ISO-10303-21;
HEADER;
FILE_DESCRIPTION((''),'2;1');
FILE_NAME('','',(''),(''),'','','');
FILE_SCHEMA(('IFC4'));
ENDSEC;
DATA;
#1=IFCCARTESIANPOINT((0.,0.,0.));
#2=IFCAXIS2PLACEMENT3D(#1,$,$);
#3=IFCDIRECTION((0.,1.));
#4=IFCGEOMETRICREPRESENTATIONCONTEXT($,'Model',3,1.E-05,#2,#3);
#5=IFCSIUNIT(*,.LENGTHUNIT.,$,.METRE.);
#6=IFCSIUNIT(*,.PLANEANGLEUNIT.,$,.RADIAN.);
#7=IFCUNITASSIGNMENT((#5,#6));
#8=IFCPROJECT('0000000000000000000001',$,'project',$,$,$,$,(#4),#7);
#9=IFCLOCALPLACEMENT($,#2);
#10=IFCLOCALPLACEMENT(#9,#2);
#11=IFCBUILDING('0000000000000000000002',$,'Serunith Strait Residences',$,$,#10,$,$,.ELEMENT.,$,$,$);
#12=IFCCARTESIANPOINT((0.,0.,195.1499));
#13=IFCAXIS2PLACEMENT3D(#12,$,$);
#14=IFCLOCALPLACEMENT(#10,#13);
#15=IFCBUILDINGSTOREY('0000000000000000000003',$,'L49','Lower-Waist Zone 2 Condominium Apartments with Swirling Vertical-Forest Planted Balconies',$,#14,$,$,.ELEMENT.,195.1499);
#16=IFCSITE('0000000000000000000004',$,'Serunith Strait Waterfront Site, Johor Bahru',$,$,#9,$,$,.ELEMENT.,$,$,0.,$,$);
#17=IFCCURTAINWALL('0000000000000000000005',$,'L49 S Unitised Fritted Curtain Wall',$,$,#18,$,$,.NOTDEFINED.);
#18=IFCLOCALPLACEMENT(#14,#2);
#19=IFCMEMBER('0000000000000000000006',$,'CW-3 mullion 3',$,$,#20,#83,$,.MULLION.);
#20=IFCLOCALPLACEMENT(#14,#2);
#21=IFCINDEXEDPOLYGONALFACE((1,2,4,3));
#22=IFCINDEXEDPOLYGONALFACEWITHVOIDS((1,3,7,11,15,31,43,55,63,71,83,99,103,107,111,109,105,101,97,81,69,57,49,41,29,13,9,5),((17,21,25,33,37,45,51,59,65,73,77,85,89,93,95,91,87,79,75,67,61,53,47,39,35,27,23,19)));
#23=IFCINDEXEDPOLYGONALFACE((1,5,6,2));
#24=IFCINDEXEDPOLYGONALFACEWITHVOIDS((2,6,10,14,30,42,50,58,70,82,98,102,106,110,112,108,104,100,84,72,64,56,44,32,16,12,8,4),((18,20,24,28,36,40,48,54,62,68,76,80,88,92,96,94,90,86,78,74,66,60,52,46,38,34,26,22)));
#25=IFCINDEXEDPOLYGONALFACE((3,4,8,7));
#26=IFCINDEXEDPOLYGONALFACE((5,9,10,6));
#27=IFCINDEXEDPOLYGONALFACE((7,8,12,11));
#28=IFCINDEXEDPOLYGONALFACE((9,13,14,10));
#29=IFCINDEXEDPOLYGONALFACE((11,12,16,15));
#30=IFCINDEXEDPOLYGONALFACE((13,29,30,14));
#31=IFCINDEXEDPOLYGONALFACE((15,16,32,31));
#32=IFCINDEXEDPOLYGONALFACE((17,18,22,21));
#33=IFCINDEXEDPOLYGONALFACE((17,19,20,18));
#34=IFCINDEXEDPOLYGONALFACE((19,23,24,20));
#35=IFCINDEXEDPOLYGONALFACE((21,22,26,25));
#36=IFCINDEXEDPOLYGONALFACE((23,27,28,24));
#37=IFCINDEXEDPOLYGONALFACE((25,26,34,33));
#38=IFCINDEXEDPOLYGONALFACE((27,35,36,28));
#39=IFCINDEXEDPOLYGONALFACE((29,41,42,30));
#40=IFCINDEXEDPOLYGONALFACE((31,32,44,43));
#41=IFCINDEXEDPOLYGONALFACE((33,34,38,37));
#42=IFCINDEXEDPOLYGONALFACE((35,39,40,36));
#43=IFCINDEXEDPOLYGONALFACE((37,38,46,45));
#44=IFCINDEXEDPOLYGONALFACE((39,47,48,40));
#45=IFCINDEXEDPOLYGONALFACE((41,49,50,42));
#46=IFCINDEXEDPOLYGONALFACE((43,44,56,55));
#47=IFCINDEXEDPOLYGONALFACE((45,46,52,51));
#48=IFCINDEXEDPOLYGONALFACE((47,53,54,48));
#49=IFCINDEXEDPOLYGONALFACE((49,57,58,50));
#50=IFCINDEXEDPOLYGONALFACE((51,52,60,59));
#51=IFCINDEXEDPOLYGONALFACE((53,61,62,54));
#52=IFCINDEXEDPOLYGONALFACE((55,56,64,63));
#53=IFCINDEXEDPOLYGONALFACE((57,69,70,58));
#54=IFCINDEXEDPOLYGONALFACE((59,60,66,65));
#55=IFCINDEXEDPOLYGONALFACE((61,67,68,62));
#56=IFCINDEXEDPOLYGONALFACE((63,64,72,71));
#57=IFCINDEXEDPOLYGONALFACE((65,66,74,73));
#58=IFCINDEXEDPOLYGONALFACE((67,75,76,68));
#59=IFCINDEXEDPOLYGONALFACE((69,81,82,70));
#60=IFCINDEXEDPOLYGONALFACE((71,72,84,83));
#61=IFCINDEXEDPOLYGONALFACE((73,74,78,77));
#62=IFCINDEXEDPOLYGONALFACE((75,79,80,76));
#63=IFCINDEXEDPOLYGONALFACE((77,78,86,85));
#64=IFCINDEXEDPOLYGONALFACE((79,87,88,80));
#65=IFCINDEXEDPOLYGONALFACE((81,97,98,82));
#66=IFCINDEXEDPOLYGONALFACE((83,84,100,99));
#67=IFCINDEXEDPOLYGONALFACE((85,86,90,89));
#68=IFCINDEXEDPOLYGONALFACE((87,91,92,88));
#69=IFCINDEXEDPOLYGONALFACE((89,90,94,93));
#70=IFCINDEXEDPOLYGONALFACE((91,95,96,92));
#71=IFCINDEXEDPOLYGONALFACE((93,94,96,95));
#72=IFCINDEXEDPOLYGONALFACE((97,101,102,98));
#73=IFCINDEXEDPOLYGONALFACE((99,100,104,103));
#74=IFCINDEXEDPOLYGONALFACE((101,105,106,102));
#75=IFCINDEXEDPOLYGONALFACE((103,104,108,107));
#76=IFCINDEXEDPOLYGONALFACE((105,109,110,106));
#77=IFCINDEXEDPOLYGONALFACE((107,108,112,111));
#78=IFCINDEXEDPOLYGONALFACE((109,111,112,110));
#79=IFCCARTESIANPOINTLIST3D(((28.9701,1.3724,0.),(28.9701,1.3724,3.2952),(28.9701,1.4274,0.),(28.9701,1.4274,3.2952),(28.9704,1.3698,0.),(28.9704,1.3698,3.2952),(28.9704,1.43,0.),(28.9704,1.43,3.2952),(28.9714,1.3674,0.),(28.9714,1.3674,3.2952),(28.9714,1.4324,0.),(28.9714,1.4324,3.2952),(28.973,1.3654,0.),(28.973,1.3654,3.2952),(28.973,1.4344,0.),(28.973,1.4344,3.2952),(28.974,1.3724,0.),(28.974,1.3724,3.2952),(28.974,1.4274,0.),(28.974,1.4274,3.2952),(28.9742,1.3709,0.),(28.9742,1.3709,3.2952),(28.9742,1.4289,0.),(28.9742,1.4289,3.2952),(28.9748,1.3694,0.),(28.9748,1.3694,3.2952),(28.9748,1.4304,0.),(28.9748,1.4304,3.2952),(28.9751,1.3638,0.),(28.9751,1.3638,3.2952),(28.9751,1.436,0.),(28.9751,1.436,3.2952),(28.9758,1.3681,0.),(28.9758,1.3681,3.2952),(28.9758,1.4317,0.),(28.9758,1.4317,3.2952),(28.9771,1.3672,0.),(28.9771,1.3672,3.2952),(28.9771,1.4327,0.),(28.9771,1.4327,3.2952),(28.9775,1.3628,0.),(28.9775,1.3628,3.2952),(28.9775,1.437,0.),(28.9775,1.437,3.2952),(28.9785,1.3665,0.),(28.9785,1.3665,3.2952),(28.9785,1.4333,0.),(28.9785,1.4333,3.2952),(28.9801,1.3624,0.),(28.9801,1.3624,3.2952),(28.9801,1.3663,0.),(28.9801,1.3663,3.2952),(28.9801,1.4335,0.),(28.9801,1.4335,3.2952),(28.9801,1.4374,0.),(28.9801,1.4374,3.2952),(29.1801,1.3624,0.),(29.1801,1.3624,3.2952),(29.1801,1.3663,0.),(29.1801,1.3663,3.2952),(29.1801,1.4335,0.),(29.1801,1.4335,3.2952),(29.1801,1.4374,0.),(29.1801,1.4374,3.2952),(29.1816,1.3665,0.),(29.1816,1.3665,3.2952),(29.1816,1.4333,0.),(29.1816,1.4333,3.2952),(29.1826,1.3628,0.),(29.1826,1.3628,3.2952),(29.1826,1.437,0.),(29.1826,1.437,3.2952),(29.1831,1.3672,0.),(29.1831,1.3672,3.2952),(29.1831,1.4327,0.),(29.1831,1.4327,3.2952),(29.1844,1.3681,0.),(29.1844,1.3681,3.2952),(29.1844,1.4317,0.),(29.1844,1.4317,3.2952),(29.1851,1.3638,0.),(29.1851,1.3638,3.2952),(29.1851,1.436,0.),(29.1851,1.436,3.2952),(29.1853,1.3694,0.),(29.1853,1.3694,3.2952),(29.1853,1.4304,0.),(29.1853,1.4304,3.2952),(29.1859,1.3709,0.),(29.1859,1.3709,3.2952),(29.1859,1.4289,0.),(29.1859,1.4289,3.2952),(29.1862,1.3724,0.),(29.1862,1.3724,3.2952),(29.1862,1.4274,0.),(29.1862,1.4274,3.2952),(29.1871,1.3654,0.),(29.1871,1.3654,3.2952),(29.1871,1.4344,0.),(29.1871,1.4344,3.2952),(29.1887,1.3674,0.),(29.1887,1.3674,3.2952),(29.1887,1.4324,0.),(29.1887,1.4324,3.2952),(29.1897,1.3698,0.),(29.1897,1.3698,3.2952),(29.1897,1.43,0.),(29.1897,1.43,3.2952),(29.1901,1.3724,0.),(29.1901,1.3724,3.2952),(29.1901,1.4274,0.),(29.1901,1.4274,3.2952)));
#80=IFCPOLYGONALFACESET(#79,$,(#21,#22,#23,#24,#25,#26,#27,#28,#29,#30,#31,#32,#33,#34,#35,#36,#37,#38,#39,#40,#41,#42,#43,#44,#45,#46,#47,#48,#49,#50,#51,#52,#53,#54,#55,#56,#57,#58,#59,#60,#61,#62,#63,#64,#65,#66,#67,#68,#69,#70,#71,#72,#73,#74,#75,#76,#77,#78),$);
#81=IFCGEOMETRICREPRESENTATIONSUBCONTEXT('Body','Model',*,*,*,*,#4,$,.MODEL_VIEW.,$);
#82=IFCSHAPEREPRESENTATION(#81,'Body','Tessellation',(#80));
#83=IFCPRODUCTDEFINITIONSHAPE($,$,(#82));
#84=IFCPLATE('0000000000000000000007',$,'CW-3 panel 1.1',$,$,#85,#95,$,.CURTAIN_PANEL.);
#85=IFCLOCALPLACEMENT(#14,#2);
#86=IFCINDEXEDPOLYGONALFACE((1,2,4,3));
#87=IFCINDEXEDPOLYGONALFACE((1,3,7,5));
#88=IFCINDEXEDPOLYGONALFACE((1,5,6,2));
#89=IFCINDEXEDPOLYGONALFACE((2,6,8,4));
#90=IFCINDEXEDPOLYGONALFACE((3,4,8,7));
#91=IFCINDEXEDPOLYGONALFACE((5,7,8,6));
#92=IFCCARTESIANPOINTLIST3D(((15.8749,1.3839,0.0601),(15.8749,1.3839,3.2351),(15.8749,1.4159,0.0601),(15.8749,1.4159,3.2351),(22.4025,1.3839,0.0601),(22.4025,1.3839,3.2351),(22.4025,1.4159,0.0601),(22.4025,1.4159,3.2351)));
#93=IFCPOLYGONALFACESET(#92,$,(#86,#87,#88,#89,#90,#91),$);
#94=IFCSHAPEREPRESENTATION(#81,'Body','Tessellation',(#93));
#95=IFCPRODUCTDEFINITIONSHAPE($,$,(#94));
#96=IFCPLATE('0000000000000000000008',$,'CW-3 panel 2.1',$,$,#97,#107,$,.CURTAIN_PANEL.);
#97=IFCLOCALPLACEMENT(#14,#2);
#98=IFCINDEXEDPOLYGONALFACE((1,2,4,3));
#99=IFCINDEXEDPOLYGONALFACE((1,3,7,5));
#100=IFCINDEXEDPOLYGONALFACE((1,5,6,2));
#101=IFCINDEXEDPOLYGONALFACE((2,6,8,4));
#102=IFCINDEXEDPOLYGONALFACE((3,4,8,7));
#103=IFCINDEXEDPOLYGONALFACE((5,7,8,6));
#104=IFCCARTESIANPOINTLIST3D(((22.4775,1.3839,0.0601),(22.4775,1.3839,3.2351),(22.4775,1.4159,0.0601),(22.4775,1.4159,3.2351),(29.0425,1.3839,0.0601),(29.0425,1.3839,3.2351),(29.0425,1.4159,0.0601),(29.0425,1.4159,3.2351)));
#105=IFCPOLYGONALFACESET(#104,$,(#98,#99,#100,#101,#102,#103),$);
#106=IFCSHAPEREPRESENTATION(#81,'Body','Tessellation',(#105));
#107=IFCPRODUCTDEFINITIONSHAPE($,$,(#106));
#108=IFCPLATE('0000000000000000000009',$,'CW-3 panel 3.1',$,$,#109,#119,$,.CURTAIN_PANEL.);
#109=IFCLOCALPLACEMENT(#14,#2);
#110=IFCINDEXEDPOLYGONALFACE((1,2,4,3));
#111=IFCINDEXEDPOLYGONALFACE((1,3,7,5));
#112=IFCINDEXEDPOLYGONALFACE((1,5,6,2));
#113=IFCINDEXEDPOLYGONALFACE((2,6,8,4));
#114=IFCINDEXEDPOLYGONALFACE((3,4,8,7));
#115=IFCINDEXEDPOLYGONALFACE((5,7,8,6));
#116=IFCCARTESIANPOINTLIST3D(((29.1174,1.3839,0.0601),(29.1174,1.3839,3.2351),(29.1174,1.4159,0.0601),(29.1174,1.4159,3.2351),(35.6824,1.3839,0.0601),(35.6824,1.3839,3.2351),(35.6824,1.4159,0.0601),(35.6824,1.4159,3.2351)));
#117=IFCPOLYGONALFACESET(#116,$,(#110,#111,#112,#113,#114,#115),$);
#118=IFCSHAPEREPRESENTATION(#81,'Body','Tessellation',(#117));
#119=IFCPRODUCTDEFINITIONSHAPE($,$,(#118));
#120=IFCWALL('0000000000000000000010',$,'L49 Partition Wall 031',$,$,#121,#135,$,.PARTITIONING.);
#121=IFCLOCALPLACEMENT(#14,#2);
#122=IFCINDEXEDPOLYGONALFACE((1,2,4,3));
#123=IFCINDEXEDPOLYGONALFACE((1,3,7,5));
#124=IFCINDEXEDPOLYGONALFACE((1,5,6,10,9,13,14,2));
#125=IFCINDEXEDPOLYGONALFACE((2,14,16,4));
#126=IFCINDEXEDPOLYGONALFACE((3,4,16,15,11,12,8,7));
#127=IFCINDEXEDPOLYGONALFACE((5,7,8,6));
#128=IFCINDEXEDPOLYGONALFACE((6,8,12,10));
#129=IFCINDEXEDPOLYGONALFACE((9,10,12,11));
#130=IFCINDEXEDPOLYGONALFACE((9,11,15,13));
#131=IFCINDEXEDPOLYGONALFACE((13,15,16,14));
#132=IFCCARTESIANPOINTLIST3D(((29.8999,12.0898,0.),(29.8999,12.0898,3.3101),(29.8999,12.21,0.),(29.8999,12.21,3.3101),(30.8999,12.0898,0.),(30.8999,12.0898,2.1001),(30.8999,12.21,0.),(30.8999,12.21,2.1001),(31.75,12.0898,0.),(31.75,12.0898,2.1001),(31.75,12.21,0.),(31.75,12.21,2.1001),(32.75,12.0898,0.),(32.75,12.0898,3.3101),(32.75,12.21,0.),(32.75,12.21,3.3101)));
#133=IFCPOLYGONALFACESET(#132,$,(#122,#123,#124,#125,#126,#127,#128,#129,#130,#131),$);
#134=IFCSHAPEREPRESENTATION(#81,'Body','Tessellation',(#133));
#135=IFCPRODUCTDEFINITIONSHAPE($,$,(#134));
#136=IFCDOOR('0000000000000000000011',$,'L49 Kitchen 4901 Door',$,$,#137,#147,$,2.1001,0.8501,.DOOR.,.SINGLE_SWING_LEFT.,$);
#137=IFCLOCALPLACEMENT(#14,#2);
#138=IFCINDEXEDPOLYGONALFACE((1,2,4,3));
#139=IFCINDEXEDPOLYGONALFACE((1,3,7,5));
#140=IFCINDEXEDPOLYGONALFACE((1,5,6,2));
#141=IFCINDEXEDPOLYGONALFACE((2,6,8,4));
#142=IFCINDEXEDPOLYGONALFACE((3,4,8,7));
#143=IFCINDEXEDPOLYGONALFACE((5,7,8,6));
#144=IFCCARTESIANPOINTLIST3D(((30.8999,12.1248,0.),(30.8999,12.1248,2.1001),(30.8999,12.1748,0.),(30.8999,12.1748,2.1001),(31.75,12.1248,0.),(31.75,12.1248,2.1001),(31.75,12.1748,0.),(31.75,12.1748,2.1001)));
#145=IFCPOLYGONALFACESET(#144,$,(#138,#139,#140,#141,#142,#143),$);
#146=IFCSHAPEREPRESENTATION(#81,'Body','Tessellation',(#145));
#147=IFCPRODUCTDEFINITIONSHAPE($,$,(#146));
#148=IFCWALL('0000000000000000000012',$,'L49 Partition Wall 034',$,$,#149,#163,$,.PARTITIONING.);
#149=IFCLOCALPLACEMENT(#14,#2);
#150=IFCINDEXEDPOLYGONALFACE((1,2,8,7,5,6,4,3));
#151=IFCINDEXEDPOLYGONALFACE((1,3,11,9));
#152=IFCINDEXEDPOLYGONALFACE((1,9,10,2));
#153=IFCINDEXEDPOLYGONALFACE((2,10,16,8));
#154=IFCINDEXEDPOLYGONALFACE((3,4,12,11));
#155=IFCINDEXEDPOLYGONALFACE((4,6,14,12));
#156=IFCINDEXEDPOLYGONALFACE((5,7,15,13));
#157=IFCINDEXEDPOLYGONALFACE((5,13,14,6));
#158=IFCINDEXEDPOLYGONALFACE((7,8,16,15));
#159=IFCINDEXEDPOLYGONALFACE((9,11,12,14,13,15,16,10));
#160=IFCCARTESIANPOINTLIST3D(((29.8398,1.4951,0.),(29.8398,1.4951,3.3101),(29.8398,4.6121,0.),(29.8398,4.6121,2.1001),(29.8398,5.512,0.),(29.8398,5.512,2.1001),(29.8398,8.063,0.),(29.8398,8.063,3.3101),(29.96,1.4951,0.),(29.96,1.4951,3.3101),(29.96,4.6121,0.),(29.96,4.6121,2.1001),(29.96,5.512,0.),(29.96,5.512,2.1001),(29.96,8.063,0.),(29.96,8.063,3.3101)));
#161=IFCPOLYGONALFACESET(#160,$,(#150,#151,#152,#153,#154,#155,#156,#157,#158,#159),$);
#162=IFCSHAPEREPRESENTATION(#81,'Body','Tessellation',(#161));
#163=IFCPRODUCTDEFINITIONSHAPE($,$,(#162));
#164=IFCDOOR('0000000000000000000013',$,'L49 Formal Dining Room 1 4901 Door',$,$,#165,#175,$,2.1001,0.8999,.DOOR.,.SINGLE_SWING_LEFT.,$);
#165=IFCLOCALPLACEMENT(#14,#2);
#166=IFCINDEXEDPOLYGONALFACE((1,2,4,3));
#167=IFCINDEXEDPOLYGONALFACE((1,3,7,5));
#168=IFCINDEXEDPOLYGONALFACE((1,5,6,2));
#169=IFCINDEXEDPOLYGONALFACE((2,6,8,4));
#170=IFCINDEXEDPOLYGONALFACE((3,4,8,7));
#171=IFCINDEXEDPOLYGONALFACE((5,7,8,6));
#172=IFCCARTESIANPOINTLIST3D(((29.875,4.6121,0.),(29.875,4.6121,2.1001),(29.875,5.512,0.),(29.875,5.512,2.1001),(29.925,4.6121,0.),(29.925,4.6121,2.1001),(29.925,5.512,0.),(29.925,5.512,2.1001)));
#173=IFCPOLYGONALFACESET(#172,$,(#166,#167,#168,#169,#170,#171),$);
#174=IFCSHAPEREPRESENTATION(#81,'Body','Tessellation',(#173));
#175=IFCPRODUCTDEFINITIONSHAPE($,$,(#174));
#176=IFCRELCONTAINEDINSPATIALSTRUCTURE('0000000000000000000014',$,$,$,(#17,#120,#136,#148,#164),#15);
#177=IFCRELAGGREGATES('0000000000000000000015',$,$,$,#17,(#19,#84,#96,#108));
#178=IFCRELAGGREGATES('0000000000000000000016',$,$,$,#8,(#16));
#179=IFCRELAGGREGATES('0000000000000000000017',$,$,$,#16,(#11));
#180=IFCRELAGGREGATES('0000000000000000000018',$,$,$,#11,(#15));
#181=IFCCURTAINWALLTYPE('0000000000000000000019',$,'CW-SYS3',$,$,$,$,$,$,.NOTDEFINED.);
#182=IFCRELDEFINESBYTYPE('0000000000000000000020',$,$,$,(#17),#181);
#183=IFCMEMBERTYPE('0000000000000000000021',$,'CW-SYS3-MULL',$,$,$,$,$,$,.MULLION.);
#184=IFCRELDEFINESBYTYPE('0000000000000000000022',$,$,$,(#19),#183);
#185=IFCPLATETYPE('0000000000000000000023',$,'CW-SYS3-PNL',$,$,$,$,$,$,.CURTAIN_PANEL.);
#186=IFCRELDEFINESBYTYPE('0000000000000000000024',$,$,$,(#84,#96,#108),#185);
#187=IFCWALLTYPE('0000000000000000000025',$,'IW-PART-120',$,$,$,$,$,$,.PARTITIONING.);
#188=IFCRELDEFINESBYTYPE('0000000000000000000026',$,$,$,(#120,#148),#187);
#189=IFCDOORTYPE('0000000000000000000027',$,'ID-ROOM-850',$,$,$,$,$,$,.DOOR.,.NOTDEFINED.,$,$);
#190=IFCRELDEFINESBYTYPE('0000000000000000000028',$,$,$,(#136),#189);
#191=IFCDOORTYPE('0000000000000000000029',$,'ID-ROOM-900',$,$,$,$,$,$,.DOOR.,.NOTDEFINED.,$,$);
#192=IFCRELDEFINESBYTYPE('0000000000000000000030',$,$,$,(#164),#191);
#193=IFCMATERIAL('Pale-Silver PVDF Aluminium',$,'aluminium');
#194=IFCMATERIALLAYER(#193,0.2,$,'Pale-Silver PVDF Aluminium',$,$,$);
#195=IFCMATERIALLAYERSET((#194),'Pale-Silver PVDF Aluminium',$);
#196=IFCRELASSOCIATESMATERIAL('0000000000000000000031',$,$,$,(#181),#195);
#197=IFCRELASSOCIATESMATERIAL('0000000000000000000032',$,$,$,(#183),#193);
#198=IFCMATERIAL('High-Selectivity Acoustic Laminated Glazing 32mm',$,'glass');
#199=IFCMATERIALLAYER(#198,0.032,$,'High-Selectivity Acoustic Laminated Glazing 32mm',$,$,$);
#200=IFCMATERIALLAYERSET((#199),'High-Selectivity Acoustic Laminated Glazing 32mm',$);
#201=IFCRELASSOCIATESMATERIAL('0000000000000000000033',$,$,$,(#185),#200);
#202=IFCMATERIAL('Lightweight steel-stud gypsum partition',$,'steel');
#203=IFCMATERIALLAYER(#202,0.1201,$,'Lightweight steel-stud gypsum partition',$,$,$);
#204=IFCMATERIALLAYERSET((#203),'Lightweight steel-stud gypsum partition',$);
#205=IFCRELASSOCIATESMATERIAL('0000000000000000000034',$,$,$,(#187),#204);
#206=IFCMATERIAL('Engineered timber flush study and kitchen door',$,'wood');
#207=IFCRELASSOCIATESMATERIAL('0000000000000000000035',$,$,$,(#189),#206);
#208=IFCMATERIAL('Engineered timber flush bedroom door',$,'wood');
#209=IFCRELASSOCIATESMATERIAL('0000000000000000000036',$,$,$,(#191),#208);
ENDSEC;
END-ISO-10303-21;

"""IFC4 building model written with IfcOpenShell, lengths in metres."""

from ifc_helpers import new_model, si_unit, direction, frame, frame_2d, origin, origin_2d, place, context, subcontext, project, spatial, rectangle, hollow_rectangle, extrude, source, transform, mapped, material, layer, layer_set, material_profile, profile_set, type_object, element, fill, aggregate, save


model = new_model("IFC4")

# Units and contexts
model_context = context("Model", 3, precision=1e-05, world=origin(), true_north=direction((0.0, 1.0)))
body_context = subcontext(model_context, "Body", "Model", "MODEL_VIEW")
ifc_project = project(units=[si_unit("LENGTHUNIT", "METRE"), si_unit("PLANEANGLEUNIT", "RADIAN")], contexts=[model_context])

# Site, building, storey
site_placement = place(None, origin())
site = spatial("IfcSite", under=ifc_project, at=site_placement, Name="Serunith Strait Waterfront Site, Johor Bahru", CompositionType="ELEMENT", RefElevation=0.0)
building_placement = place(site_placement, origin())
building = spatial("IfcBuilding", under=site, at=building_placement, Name="Serunith Strait Residences", CompositionType="ELEMENT")
storey_placement = place(building_placement, frame((0.0, 0.0, 195.1499)))
storey = spatial("IfcBuildingStorey", under=building, at=storey_placement, Name="L49", Description="Lower-Waist Zone 2 Condominium Apartments with Swirling Vertical-Forest Planted Balconies", CompositionType="ELEMENT", Elevation=195.1499)

# Curtain wall, member, plates
ifc_material_1 = material(Name="Pale-Silver PVDF Aluminium", Category="aluminium")
ifc_layer_1 = layer(ifc_material_1, 0.2, Name="Pale-Silver PVDF Aluminium")
ifc_layer_set_1 = layer_set([ifc_layer_1], Name="Pale-Silver PVDF Aluminium")
curtain_wall_type = type_object("IfcCurtainWallType", Name="CW-SYS3", PredefinedType="NOTDEFINED", material=ifc_layer_set_1)
curtain_wall_placement = place(storey_placement, origin())
curtain_wall = element("IfcCurtainWall", 1, at=curtain_wall_placement, inside=storey, type_object=curtain_wall_type, Name="L49 S Unitised Fritted Curtain Wall", PredefinedType="NOTDEFINED")
ifc_material_profile_1 = material_profile(ifc_material_1, hollow_rectangle(XDim=0.075, YDim=0.22, WallThickness=0.0039, InnerFilletRadius=0.0061, OuterFilletRadius=0.01, at=origin_2d()), Name="ALU 220x75x4")
ifc_profile_set_1 = profile_set([ifc_material_profile_1], Name="Pale-Silver PVDF Aluminium")
member_type_1 = type_object("IfcMemberType", Name="CW-SYS3-MULL", PredefinedType="MULLION", material=ifc_profile_set_1)
shared_shape_1 = source(origin(), body_context, "Body", "SweptSolid", [
    extrude(hollow_rectangle(XDim=0.075, YDim=0.22, WallThickness=0.0039, InnerFilletRadius=0.0061, OuterFilletRadius=0.01, at=origin_2d()), origin(), (0.0, 0.0, 1.0), 3.2952),
])
member_1_placement = place(storey_placement, frame((29.0801, 1.3999, 0.0), z_axis=(0.0, 0.0, 1.0), x_axis=(0.0, 1.0, 0.0)))
member_1 = element("IfcMember", 2, at=member_1_placement, type_object=member_type_1, Name="CW-3 mullion 3", PredefinedType="MULLION", context=body_context, shape_type="MappedRepresentation", body=[
    mapped(shared_shape_1, transform((0.0, 0.0, 0.0), scale=1.0)),
])
ifc_material_2 = material(Name="High-Selectivity Acoustic Laminated Glazing 32mm", Category="glass")
ifc_layer_2 = layer(ifc_material_2, 0.032, Name="High-Selectivity Acoustic Laminated Glazing 32mm")
ifc_layer_set_2 = layer_set([ifc_layer_2], Name="High-Selectivity Acoustic Laminated Glazing 32mm")
plate_type = type_object("IfcPlateType", Name="CW-SYS3-PNL", PredefinedType="CURTAIN_PANEL", material=ifc_layer_set_2)
shared_shape_2 = source(origin(), body_context, "Body", "SweptSolid", [
    extrude(rectangle(XDim=6.5276, YDim=0.032, at=origin_2d()), origin(), (0.0, 0.0, 1.0), 3.175),
])
plate_1_placement = place(storey_placement, frame((19.1387, 1.3999, 0.0601), z_axis=(0.0, 0.0, 1.0), x_axis=(1.0, 0.0, 0.0)))
plate_1 = element("IfcPlate", 3, at=plate_1_placement, type_object=plate_type, Name="CW-3 panel 1.1", PredefinedType="CURTAIN_PANEL", context=body_context, shape_type="MappedRepresentation", body=[
    mapped(shared_shape_2, transform((0.0, 0.0, 0.0), scale=1.0)),
])
shared_shape_3 = source(origin(), body_context, "Body", "SweptSolid", [
    extrude(rectangle(XDim=6.5649, YDim=0.032, at=origin_2d()), origin(), (0.0, 0.0, 1.0), 3.175),
])
plate_2_placement = place(storey_placement, frame((25.76, 1.3999, 0.0601), z_axis=(0.0, 0.0, 1.0), x_axis=(1.0, 0.0, 0.0)))
plate_2 = element("IfcPlate", 4, at=plate_2_placement, type_object=plate_type, Name="CW-3 panel 2.1", PredefinedType="CURTAIN_PANEL", context=body_context, shape_type="MappedRepresentation", body=[
    mapped(shared_shape_3, transform((0.0, 0.0, 0.0), scale=1.0)),
])
plate_3_placement = place(storey_placement, frame((32.3999, 1.3999, 0.0601), z_axis=(0.0, 0.0, 1.0), x_axis=(1.0, 0.0, 0.0)))
plate_3 = element("IfcPlate", 5, at=plate_3_placement, type_object=plate_type, Name="CW-3 panel 3.1", PredefinedType="CURTAIN_PANEL", context=body_context, shape_type="MappedRepresentation", body=[
    mapped(shared_shape_3, transform((0.0, 0.0, 0.0), scale=1.0)),
])
aggregate(curtain_wall, [member_1, plate_1, plate_2, plate_3])

# Walls, openings, doors
ifc_material_3 = material(Name="Lightweight steel-stud gypsum partition", Category="steel")
ifc_layer_3 = layer(ifc_material_3, 0.1201, Name="Lightweight steel-stud gypsum partition")
ifc_layer_set_3 = layer_set([ifc_layer_3], Name="Lightweight steel-stud gypsum partition")
wall_type = type_object("IfcWallType", Name="IW-PART-120", PredefinedType="PARTITIONING", material=ifc_layer_set_3)
wall_1_placement = place(storey_placement, frame((29.8999, 12.1499, 0.0), z_axis=(0.0, 0.0, 1.0), x_axis=(1.0, 0.0, 0.0)))
wall_1 = element("IfcWall", 6, at=wall_1_placement, inside=storey, type_object=wall_type, Name="L49 Partition Wall 031", PredefinedType="PARTITIONING", context=body_context, shape_type="SweptSolid", body=[
    extrude(rectangle(XDim=2.8501, YDim=0.1201, at=frame_2d((1.425, 0.0))), origin(), (0.0, 0.0, 1.0), 3.3101),
])
opening_1_placement = place(wall_1_placement, frame((1.0, 0.0, 0.0)))
opening_1 = element("IfcOpeningElement", 7, at=opening_1_placement, cuts=wall_1, PredefinedType="OPENING", context=body_context, shape_type="SweptSolid", body=[
    extrude(rectangle(XDim=0.8501, YDim=2.1001, at=frame_2d((0.425, 1.05))), frame((0.0, 0.0701, 0.0), z_axis=(0.0, -1.0, 0.0), x_axis=(1.0, 0.0, 0.0)), (0.0, 0.0, 1.0), 0.1401),
])
ifc_material_4 = material(Name="Engineered timber flush study and kitchen door", Category="wood")
door_type_1 = type_object("IfcDoorType", Name="ID-ROOM-850", OperationType="NOTDEFINED", PredefinedType="DOOR", material=ifc_material_4)
shared_shape_4 = source(origin(), body_context, "Body", "SweptSolid", [
    extrude(rectangle(XDim=0.8501, YDim=2.1001, at=frame_2d((0.425, 1.05))), frame((0.0, 0.0249, 0.0), z_axis=(0.0, -1.0, 0.0), x_axis=(1.0, 0.0, 0.0)), (0.0, 0.0, 1.0), 0.05),
])
door_1_placement = place(opening_1_placement, origin())
door_1 = element("IfcDoor", 8, at=door_1_placement, inside=storey, type_object=door_type_1, Name="L49 Kitchen 4901 Door", OperationType="SINGLE_SWING_LEFT", OverallHeight=2.1001, OverallWidth=0.8501, PredefinedType="DOOR", context=body_context, shape_type="MappedRepresentation", body=[
    mapped(shared_shape_4, transform((0.0, 0.0, 0.0), scale=1.0)),
])
fill(opening_1, door_1)
wall_2_placement = place(storey_placement, frame((29.8999, 1.4951, 0.0), z_axis=(0.0, 0.0, 1.0), x_axis=(0.0, 1.0, 0.0)))
wall_2 = element("IfcWall", 9, at=wall_2_placement, inside=storey, type_object=wall_type, Name="L49 Partition Wall 034", PredefinedType="PARTITIONING", context=body_context, shape_type="SweptSolid", body=[
    extrude(rectangle(XDim=6.5679, YDim=0.1201, at=frame_2d((3.2839, 0.0))), origin(), (0.0, 0.0, 1.0), 3.3101),
])
opening_2_placement = place(wall_2_placement, frame((3.1169, 0.0, 0.0)))
opening_2 = element("IfcOpeningElement", 10, at=opening_2_placement, cuts=wall_2, PredefinedType="OPENING", context=body_context, shape_type="SweptSolid", body=[
    extrude(rectangle(XDim=0.8999, YDim=2.1001, at=frame_2d((0.45, 1.05))), frame((0.0, 0.0701, 0.0), z_axis=(0.0, -1.0, 0.0), x_axis=(1.0, 0.0, 0.0)), (0.0, 0.0, 1.0), 0.1401),
])
ifc_material_5 = material(Name="Engineered timber flush bedroom door", Category="wood")
door_type_2 = type_object("IfcDoorType", Name="ID-ROOM-900", OperationType="NOTDEFINED", PredefinedType="DOOR", material=ifc_material_5)
shared_shape_5 = source(origin(), body_context, "Body", "SweptSolid", [
    extrude(rectangle(XDim=0.8999, YDim=2.1001, at=frame_2d((0.45, 1.05))), frame((0.0, 0.0249, 0.0), z_axis=(0.0, -1.0, 0.0), x_axis=(1.0, 0.0, 0.0)), (0.0, 0.0, 1.0), 0.05),
])
door_2_placement = place(opening_2_placement, origin())
door_2 = element("IfcDoor", 11, at=door_2_placement, inside=storey, type_object=door_type_2, Name="L49 Formal Dining Room 1 4901 Door", OperationType="SINGLE_SWING_LEFT", OverallHeight=2.1001, OverallWidth=0.8999, PredefinedType="DOOR", context=body_context, shape_type="MappedRepresentation", body=[
    mapped(shared_shape_5, transform((0.0, 0.0, 0.0), scale=1.0)),
])
fill(opening_2, door_2)

save(model, "model.ifc")
